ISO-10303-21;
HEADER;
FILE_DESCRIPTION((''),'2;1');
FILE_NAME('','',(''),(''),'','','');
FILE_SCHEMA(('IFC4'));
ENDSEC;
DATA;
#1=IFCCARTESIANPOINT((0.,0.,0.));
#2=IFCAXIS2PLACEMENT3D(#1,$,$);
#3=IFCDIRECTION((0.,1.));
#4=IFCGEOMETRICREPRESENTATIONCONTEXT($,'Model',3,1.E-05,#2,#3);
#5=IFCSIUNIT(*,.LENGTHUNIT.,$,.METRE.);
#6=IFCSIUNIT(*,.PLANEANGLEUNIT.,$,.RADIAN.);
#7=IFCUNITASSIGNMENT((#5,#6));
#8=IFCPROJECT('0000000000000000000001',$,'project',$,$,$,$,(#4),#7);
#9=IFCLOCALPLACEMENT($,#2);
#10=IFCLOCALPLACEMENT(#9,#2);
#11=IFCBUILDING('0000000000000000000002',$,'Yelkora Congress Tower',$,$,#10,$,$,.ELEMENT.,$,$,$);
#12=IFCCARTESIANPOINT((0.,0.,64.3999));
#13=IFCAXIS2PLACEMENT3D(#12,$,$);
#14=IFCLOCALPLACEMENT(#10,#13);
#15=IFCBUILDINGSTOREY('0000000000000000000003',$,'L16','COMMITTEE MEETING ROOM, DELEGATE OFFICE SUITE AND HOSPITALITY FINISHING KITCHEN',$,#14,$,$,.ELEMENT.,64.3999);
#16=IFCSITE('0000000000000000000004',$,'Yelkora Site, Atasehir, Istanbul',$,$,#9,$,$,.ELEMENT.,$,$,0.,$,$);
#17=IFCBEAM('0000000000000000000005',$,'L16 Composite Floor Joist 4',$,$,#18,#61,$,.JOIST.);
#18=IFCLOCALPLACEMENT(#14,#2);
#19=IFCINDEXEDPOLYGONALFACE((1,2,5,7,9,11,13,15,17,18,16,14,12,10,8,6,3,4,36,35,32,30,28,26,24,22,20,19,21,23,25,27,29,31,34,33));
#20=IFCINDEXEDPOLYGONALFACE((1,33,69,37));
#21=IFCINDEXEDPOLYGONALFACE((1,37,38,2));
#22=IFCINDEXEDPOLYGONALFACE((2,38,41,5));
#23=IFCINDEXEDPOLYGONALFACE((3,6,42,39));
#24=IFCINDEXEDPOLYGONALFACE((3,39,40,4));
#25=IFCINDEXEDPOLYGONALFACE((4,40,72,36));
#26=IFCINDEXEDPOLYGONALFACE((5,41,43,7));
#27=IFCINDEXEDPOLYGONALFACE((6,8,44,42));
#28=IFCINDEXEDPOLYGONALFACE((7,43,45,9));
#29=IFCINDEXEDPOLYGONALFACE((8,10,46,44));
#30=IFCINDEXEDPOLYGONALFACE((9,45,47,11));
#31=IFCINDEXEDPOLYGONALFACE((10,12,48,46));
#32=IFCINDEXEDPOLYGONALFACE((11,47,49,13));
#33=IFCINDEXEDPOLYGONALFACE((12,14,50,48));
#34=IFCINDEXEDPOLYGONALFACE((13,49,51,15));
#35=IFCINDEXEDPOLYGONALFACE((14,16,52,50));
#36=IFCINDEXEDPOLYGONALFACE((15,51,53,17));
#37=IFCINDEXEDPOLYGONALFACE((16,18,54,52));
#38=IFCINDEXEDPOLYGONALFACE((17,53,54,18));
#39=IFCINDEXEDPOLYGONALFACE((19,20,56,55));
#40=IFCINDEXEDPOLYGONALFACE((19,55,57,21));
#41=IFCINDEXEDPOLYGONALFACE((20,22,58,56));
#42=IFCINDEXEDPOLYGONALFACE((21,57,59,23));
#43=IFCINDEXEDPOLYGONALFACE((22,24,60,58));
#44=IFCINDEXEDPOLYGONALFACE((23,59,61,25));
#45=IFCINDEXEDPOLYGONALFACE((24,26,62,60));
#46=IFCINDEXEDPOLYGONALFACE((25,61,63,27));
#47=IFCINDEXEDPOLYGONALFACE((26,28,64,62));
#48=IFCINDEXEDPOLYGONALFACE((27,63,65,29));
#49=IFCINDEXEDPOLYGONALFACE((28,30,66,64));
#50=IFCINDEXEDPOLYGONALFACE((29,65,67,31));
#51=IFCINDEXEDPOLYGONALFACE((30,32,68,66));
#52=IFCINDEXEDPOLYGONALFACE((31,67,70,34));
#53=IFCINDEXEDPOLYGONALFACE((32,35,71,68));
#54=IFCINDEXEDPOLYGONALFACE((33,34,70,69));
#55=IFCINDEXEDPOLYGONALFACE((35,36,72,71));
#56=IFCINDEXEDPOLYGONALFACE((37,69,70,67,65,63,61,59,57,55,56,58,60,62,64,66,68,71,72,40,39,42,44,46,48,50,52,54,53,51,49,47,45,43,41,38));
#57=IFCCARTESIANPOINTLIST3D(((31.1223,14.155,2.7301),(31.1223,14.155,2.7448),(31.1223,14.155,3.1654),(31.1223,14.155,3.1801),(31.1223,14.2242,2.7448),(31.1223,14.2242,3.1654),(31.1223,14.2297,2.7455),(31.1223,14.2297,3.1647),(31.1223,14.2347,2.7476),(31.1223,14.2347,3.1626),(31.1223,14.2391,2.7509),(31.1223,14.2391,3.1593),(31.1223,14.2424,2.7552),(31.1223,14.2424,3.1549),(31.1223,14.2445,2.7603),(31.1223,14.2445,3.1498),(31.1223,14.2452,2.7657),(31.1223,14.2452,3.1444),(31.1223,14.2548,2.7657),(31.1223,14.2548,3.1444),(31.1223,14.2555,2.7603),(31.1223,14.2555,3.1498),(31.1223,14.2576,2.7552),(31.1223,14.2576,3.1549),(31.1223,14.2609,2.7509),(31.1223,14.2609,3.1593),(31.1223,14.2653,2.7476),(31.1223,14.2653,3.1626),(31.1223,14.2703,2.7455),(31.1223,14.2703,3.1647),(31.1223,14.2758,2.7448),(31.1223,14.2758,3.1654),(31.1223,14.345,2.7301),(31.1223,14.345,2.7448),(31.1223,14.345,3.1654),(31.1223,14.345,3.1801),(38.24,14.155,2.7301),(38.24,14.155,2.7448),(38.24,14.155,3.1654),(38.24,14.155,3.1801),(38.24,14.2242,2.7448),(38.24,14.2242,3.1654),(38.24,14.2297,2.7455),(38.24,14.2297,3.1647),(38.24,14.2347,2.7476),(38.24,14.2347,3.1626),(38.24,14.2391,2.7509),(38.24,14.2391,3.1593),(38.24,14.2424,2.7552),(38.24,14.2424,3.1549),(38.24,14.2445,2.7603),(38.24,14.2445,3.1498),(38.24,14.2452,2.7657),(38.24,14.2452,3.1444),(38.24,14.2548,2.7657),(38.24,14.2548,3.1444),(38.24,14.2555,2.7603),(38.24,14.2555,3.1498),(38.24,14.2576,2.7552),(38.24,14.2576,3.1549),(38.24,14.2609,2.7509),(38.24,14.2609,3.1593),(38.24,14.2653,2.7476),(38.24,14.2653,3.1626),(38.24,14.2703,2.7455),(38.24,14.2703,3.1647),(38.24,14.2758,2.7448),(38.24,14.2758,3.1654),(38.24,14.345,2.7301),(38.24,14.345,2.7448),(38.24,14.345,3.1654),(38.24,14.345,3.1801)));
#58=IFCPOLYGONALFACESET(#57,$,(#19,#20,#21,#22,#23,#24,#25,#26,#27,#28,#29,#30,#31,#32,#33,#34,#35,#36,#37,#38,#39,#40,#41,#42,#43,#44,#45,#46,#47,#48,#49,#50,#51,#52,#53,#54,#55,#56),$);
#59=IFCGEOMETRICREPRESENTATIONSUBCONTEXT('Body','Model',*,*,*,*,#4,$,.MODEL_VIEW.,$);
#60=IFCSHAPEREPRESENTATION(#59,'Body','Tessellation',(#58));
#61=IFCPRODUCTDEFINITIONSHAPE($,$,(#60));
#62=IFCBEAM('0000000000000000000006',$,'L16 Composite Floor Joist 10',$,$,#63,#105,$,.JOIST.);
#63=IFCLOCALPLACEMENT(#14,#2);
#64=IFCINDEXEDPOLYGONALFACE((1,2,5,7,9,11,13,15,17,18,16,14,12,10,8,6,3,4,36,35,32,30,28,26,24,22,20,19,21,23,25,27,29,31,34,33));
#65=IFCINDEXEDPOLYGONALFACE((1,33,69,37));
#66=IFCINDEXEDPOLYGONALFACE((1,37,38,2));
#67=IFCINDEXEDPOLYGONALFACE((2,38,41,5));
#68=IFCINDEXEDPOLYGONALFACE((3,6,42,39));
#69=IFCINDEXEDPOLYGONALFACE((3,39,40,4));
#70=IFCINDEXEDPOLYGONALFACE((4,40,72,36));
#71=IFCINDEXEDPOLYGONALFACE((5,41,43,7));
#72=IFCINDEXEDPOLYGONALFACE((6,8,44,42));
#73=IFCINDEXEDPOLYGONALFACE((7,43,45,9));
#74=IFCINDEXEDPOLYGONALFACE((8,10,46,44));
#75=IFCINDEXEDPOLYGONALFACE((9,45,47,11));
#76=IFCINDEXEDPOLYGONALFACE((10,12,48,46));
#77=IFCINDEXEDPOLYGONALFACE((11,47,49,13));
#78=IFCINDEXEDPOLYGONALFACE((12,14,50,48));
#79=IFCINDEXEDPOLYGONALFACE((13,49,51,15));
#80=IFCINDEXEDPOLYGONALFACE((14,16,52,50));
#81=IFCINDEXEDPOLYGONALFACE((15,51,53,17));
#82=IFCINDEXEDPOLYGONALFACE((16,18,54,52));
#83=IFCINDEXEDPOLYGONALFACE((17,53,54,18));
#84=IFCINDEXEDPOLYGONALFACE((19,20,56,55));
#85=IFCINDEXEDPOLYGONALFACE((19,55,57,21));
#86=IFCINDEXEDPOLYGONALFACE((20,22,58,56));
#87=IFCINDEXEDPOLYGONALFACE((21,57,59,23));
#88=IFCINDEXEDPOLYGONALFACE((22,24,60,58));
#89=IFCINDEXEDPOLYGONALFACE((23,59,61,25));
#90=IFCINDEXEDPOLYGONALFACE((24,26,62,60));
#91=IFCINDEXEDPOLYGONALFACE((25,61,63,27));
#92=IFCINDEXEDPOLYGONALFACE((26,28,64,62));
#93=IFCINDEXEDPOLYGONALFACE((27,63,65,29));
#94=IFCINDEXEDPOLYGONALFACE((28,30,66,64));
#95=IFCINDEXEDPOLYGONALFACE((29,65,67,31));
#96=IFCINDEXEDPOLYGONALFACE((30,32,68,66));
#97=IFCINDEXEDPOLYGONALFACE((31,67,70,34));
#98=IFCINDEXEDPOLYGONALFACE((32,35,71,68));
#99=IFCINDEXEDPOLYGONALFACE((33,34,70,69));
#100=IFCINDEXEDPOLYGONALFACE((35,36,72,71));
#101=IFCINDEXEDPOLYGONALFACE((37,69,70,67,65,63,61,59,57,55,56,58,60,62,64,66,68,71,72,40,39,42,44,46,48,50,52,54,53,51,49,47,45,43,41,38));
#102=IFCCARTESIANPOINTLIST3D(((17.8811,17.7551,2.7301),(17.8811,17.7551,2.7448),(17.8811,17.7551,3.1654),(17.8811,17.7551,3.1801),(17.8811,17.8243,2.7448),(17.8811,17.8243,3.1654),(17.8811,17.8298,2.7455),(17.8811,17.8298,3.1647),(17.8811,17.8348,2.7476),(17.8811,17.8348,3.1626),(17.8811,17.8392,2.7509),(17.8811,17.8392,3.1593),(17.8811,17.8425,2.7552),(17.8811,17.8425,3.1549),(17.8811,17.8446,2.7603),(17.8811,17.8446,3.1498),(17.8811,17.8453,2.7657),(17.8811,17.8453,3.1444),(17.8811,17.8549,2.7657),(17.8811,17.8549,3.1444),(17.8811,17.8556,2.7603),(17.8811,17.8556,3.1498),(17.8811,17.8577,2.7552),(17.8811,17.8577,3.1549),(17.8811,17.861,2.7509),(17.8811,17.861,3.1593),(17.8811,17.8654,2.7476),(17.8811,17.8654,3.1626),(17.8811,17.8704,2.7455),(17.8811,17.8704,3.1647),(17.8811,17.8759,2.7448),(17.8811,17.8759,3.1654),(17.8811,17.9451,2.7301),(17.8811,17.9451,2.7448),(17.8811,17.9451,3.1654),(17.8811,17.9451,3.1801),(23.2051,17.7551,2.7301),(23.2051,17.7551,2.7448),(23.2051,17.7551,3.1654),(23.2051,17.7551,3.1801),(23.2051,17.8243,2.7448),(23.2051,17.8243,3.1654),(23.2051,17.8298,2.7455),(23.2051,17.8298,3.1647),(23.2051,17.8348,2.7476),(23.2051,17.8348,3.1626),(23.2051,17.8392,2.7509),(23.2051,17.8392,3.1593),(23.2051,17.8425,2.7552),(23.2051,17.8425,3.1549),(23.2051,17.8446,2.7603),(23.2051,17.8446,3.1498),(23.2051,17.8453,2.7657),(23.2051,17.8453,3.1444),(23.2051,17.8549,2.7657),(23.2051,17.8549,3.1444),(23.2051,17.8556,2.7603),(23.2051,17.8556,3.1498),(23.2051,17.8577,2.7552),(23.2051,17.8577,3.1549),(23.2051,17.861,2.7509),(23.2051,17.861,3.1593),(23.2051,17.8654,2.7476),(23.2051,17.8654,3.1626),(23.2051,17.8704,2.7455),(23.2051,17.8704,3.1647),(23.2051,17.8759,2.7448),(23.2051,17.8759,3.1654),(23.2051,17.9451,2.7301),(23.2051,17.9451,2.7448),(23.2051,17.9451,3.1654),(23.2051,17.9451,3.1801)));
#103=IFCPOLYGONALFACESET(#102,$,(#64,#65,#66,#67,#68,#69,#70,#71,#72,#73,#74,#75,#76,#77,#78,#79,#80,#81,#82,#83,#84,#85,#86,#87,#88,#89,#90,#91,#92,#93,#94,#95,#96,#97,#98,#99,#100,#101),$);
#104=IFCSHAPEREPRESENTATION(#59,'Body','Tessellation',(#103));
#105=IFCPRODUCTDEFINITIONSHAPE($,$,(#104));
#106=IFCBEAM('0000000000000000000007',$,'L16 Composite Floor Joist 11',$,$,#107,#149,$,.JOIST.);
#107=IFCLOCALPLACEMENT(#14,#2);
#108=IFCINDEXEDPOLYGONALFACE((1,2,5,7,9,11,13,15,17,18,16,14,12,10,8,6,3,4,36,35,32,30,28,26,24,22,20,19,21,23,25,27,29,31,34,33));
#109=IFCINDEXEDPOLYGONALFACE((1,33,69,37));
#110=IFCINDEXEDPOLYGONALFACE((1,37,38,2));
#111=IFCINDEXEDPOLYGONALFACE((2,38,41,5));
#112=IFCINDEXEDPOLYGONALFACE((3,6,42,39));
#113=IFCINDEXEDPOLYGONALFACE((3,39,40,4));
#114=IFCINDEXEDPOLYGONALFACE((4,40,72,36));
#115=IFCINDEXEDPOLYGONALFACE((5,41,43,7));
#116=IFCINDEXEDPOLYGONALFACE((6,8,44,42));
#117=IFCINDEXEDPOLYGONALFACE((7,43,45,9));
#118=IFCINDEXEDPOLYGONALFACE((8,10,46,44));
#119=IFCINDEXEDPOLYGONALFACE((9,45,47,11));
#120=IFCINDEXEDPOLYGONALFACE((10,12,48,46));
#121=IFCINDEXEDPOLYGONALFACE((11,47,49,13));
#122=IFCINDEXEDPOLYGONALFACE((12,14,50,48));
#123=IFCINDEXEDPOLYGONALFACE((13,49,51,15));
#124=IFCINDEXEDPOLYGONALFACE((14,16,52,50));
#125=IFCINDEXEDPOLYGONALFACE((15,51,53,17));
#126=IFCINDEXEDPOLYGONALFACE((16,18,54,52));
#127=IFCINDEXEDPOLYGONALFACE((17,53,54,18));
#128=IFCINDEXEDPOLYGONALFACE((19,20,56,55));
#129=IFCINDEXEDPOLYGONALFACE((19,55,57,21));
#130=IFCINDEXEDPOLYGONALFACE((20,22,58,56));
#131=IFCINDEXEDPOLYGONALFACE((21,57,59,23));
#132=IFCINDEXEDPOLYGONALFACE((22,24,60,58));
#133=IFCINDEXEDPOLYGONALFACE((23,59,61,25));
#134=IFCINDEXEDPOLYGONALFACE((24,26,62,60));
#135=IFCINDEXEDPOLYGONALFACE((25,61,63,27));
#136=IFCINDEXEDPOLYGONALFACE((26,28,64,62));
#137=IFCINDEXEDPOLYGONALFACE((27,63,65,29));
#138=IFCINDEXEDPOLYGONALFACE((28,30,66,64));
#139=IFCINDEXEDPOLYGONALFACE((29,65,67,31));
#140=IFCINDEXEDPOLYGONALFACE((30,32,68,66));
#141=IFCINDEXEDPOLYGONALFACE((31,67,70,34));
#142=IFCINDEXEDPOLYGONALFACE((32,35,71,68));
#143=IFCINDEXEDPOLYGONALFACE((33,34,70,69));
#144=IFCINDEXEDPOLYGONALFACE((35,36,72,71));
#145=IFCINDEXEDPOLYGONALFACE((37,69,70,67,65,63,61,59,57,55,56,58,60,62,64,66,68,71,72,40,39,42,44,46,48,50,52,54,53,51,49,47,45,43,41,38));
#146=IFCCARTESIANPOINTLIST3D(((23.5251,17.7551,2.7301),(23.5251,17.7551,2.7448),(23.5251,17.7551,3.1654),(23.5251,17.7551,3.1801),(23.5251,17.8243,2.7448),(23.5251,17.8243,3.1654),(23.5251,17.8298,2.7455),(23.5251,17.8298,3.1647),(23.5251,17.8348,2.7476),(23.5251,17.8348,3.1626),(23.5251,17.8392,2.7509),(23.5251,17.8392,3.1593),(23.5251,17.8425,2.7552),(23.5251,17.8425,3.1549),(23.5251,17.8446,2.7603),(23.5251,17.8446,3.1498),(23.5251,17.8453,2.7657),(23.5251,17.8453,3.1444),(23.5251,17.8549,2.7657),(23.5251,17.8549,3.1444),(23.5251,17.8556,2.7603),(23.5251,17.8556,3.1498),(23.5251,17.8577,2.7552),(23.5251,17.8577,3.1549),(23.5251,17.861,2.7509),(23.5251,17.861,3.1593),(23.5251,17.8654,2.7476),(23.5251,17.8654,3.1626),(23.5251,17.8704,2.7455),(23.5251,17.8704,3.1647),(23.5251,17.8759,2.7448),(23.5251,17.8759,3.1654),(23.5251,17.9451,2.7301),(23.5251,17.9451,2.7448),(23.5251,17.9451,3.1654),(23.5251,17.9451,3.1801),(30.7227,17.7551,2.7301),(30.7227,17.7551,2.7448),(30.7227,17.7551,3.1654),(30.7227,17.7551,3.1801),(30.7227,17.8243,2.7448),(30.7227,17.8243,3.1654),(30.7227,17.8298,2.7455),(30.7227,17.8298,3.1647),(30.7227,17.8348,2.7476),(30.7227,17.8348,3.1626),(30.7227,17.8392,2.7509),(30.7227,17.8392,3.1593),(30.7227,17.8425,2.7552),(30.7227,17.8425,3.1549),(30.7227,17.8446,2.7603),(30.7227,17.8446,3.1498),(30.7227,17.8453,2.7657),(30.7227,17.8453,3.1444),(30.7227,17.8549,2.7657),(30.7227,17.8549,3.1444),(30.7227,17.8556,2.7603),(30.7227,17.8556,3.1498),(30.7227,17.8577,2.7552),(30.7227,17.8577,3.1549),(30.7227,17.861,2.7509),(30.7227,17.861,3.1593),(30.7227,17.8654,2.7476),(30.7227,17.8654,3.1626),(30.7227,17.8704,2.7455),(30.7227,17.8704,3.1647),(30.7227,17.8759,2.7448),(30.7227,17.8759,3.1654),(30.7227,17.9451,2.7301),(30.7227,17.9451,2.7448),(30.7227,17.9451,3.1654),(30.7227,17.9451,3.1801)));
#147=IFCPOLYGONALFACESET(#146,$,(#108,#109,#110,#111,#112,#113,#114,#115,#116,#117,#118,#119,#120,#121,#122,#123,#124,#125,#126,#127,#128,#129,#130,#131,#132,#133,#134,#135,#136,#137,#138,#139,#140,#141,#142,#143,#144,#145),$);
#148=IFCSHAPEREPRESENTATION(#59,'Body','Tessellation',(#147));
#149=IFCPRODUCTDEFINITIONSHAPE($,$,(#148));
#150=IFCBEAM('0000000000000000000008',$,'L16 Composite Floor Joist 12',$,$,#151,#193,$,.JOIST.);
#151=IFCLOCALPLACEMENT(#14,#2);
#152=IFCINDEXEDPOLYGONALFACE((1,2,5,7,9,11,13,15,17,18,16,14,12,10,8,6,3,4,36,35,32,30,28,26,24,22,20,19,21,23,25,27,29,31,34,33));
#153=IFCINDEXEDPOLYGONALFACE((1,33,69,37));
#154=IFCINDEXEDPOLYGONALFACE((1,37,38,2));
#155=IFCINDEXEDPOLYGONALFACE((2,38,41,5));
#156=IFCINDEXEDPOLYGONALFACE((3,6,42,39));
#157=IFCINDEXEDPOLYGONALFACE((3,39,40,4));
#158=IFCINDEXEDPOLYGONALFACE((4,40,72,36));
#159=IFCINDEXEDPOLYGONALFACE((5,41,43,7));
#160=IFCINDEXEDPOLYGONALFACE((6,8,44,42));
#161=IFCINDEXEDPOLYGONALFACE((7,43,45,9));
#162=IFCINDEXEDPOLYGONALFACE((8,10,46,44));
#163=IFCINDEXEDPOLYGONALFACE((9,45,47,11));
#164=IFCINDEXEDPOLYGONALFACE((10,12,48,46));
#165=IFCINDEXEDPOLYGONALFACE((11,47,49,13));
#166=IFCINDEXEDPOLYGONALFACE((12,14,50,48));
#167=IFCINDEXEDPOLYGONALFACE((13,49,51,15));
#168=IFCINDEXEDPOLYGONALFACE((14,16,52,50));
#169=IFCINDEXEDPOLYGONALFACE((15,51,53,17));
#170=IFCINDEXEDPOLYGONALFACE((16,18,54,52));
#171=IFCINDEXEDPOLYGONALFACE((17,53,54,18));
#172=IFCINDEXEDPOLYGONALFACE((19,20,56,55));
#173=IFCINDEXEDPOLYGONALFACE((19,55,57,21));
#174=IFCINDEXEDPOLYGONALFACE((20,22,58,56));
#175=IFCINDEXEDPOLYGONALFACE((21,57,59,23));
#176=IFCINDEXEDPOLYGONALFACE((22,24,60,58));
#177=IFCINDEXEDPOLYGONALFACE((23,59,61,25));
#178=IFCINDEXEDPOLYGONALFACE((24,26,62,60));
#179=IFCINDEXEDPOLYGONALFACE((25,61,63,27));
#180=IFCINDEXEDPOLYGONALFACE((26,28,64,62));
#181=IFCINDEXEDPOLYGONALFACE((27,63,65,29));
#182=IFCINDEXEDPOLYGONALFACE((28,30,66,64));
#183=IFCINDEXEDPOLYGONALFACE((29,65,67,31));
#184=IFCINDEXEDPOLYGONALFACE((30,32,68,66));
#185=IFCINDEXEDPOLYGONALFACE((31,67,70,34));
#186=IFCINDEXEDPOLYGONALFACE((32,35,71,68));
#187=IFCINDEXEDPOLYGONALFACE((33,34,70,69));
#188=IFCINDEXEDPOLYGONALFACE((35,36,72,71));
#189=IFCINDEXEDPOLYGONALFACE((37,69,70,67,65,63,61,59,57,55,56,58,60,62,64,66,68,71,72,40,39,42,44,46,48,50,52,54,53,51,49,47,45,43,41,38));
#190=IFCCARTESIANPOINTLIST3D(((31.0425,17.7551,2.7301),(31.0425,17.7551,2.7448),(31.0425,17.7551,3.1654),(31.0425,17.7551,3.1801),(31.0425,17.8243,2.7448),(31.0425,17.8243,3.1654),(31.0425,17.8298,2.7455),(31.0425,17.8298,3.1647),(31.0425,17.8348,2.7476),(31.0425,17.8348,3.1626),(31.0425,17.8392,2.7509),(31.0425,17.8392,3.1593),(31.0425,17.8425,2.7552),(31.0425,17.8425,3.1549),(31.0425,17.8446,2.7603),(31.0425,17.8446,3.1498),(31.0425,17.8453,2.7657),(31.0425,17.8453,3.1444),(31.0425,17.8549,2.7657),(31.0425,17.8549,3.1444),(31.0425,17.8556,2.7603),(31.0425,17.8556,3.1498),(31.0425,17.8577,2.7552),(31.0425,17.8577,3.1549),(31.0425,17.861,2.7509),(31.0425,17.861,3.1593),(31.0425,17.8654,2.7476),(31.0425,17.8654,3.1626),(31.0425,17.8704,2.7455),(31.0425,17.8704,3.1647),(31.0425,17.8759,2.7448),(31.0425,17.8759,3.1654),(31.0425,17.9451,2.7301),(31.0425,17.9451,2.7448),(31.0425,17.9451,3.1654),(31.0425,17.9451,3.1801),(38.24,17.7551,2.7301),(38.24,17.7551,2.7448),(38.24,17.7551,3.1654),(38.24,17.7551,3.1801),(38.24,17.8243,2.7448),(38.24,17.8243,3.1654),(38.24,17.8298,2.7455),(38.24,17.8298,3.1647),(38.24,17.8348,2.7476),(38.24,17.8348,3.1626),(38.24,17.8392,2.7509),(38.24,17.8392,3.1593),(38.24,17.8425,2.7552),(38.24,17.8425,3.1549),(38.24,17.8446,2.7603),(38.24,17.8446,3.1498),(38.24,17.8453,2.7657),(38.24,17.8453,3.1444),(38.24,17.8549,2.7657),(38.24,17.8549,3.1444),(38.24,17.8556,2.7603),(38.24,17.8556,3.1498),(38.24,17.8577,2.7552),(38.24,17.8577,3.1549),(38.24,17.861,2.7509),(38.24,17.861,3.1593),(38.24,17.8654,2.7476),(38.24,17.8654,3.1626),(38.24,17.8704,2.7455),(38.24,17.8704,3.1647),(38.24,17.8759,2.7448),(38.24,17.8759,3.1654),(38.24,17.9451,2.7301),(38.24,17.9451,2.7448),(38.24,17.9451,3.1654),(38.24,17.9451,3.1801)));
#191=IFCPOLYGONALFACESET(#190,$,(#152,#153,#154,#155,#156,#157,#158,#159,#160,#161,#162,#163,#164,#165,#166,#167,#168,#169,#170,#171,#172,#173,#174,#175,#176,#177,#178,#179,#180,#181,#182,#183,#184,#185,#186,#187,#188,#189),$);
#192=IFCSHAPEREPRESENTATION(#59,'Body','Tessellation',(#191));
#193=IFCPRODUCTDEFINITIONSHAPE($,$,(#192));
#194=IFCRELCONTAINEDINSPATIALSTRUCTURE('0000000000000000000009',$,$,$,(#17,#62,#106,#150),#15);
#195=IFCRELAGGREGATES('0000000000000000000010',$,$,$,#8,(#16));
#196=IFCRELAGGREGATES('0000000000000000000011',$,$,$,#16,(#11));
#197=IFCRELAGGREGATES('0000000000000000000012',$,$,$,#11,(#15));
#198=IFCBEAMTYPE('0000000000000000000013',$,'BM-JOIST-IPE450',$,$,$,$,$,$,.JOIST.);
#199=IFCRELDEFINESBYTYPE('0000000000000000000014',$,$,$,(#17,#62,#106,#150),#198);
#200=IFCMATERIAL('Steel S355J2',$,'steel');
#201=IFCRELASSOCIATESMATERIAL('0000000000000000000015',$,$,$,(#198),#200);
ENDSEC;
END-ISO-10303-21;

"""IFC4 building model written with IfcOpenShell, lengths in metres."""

from ifc_helpers import new_model, si_unit, direction, frame, origin, origin_2d, place, context, subcontext, project, spatial, i_section, extrude, material, material_profile, profile_set, type_object, element, save


model = new_model("IFC4")

# Units and contexts
model_context = context("Model", 3, precision=1e-05, world=origin(), true_north=direction((0.0, 1.0)))
body_context = subcontext(model_context, "Body", "Model", "MODEL_VIEW")
ifc_project = project(units=[si_unit("LENGTHUNIT", "METRE"), si_unit("PLANEANGLEUNIT", "RADIAN")], contexts=[model_context])

# Site, building, storey
site_placement = place(None, origin())
site = spatial("IfcSite", under=ifc_project, at=site_placement, Name="Yelkora Site, Atasehir, Istanbul", CompositionType="ELEMENT", RefElevation=0.0)
building_placement = place(site_placement, origin())
building = spatial("IfcBuilding", under=site, at=building_placement, Name="Yelkora Congress Tower", CompositionType="ELEMENT")
storey_placement = place(building_placement, frame((0.0, 0.0, 64.3999)))
storey = spatial("IfcBuildingStorey", under=building, at=storey_placement, Name="L16", Description="COMMITTEE MEETING ROOM, DELEGATE OFFICE SUITE AND HOSPITALITY FINISHING KITCHEN", CompositionType="ELEMENT", Elevation=64.3999)

# Beams
ifc_material_1 = material(Name="Steel S355J2", Category="steel")
ifc_material_profile_1 = material_profile(ifc_material_1, i_section(OverallWidth=0.1899, OverallDepth=0.45, WebThickness=0.0095, FlangeThickness=0.0146, FilletRadius=0.021, at=origin_2d()), Name="IPE 450")
ifc_profile_set_1 = profile_set([ifc_material_profile_1], Name="Steel S355J2")
beam_type_1 = type_object("IfcBeamType", Name="BM-JOIST-IPE450", PredefinedType="JOIST", material=ifc_profile_set_1)
for number, where, z_axis, x_axis, name in (
    (1, (31.1223, 14.25, 2.9551), (1.0, 0.0, 0.0), (0.0, 1.0, 0.0), "L16 Composite Floor Joist 4"),
):
    element("IfcBeam", number, at=place(storey_placement, frame(where, z_axis=z_axis, x_axis=x_axis)), inside=storey, type_object=beam_type_1, Name=name, PredefinedType="JOIST", context=body_context, shape_type="SweptSolid", body=[
        extrude(i_section(OverallWidth=0.1899, OverallDepth=0.45, WebThickness=0.0095, FlangeThickness=0.0146, FilletRadius=0.021, at=origin_2d()), origin(), (0.0, 0.0, 1.0), 7.1177),
    ])
beam_1_placement = place(storey_placement, frame((17.8811, 17.8501, 2.9551), z_axis=(1.0, 0.0, 0.0), x_axis=(0.0, 1.0, 0.0)))
element("IfcBeam", 2, at=beam_1_placement, inside=storey, type_object=beam_type_1, Name="L16 Composite Floor Joist 10", PredefinedType="JOIST", context=body_context, shape_type="SweptSolid", body=[
    extrude(i_section(OverallWidth=0.1899, OverallDepth=0.45, WebThickness=0.0095, FlangeThickness=0.0146, FilletRadius=0.021, at=origin_2d()), origin(), (0.0, 0.0, 1.0), 5.324),
])
for number, where, z_axis, x_axis, name in (
    (3, (23.5251, 17.8501, 2.9551), (1.0, 0.0, 0.0), (0.0, 1.0, 0.0), "L16 Composite Floor Joist 11"),
    (4, (31.0425, 17.8501, 2.9551), (1.0, 0.0, 0.0), (0.0, 1.0, 0.0), "L16 Composite Floor Joist 12"),
):
    element("IfcBeam", number, at=place(storey_placement, frame(where, z_axis=z_axis, x_axis=x_axis)), inside=storey, type_object=beam_type_1, Name=name, PredefinedType="JOIST", context=body_context, shape_type="SweptSolid", body=[
        extrude(i_section(OverallWidth=0.1899, OverallDepth=0.45, WebThickness=0.0095, FlangeThickness=0.0146, FilletRadius=0.021, at=origin_2d()), origin(), (0.0, 0.0, 1.0), 7.1975),
    ])

save(model, "model.ifc")
